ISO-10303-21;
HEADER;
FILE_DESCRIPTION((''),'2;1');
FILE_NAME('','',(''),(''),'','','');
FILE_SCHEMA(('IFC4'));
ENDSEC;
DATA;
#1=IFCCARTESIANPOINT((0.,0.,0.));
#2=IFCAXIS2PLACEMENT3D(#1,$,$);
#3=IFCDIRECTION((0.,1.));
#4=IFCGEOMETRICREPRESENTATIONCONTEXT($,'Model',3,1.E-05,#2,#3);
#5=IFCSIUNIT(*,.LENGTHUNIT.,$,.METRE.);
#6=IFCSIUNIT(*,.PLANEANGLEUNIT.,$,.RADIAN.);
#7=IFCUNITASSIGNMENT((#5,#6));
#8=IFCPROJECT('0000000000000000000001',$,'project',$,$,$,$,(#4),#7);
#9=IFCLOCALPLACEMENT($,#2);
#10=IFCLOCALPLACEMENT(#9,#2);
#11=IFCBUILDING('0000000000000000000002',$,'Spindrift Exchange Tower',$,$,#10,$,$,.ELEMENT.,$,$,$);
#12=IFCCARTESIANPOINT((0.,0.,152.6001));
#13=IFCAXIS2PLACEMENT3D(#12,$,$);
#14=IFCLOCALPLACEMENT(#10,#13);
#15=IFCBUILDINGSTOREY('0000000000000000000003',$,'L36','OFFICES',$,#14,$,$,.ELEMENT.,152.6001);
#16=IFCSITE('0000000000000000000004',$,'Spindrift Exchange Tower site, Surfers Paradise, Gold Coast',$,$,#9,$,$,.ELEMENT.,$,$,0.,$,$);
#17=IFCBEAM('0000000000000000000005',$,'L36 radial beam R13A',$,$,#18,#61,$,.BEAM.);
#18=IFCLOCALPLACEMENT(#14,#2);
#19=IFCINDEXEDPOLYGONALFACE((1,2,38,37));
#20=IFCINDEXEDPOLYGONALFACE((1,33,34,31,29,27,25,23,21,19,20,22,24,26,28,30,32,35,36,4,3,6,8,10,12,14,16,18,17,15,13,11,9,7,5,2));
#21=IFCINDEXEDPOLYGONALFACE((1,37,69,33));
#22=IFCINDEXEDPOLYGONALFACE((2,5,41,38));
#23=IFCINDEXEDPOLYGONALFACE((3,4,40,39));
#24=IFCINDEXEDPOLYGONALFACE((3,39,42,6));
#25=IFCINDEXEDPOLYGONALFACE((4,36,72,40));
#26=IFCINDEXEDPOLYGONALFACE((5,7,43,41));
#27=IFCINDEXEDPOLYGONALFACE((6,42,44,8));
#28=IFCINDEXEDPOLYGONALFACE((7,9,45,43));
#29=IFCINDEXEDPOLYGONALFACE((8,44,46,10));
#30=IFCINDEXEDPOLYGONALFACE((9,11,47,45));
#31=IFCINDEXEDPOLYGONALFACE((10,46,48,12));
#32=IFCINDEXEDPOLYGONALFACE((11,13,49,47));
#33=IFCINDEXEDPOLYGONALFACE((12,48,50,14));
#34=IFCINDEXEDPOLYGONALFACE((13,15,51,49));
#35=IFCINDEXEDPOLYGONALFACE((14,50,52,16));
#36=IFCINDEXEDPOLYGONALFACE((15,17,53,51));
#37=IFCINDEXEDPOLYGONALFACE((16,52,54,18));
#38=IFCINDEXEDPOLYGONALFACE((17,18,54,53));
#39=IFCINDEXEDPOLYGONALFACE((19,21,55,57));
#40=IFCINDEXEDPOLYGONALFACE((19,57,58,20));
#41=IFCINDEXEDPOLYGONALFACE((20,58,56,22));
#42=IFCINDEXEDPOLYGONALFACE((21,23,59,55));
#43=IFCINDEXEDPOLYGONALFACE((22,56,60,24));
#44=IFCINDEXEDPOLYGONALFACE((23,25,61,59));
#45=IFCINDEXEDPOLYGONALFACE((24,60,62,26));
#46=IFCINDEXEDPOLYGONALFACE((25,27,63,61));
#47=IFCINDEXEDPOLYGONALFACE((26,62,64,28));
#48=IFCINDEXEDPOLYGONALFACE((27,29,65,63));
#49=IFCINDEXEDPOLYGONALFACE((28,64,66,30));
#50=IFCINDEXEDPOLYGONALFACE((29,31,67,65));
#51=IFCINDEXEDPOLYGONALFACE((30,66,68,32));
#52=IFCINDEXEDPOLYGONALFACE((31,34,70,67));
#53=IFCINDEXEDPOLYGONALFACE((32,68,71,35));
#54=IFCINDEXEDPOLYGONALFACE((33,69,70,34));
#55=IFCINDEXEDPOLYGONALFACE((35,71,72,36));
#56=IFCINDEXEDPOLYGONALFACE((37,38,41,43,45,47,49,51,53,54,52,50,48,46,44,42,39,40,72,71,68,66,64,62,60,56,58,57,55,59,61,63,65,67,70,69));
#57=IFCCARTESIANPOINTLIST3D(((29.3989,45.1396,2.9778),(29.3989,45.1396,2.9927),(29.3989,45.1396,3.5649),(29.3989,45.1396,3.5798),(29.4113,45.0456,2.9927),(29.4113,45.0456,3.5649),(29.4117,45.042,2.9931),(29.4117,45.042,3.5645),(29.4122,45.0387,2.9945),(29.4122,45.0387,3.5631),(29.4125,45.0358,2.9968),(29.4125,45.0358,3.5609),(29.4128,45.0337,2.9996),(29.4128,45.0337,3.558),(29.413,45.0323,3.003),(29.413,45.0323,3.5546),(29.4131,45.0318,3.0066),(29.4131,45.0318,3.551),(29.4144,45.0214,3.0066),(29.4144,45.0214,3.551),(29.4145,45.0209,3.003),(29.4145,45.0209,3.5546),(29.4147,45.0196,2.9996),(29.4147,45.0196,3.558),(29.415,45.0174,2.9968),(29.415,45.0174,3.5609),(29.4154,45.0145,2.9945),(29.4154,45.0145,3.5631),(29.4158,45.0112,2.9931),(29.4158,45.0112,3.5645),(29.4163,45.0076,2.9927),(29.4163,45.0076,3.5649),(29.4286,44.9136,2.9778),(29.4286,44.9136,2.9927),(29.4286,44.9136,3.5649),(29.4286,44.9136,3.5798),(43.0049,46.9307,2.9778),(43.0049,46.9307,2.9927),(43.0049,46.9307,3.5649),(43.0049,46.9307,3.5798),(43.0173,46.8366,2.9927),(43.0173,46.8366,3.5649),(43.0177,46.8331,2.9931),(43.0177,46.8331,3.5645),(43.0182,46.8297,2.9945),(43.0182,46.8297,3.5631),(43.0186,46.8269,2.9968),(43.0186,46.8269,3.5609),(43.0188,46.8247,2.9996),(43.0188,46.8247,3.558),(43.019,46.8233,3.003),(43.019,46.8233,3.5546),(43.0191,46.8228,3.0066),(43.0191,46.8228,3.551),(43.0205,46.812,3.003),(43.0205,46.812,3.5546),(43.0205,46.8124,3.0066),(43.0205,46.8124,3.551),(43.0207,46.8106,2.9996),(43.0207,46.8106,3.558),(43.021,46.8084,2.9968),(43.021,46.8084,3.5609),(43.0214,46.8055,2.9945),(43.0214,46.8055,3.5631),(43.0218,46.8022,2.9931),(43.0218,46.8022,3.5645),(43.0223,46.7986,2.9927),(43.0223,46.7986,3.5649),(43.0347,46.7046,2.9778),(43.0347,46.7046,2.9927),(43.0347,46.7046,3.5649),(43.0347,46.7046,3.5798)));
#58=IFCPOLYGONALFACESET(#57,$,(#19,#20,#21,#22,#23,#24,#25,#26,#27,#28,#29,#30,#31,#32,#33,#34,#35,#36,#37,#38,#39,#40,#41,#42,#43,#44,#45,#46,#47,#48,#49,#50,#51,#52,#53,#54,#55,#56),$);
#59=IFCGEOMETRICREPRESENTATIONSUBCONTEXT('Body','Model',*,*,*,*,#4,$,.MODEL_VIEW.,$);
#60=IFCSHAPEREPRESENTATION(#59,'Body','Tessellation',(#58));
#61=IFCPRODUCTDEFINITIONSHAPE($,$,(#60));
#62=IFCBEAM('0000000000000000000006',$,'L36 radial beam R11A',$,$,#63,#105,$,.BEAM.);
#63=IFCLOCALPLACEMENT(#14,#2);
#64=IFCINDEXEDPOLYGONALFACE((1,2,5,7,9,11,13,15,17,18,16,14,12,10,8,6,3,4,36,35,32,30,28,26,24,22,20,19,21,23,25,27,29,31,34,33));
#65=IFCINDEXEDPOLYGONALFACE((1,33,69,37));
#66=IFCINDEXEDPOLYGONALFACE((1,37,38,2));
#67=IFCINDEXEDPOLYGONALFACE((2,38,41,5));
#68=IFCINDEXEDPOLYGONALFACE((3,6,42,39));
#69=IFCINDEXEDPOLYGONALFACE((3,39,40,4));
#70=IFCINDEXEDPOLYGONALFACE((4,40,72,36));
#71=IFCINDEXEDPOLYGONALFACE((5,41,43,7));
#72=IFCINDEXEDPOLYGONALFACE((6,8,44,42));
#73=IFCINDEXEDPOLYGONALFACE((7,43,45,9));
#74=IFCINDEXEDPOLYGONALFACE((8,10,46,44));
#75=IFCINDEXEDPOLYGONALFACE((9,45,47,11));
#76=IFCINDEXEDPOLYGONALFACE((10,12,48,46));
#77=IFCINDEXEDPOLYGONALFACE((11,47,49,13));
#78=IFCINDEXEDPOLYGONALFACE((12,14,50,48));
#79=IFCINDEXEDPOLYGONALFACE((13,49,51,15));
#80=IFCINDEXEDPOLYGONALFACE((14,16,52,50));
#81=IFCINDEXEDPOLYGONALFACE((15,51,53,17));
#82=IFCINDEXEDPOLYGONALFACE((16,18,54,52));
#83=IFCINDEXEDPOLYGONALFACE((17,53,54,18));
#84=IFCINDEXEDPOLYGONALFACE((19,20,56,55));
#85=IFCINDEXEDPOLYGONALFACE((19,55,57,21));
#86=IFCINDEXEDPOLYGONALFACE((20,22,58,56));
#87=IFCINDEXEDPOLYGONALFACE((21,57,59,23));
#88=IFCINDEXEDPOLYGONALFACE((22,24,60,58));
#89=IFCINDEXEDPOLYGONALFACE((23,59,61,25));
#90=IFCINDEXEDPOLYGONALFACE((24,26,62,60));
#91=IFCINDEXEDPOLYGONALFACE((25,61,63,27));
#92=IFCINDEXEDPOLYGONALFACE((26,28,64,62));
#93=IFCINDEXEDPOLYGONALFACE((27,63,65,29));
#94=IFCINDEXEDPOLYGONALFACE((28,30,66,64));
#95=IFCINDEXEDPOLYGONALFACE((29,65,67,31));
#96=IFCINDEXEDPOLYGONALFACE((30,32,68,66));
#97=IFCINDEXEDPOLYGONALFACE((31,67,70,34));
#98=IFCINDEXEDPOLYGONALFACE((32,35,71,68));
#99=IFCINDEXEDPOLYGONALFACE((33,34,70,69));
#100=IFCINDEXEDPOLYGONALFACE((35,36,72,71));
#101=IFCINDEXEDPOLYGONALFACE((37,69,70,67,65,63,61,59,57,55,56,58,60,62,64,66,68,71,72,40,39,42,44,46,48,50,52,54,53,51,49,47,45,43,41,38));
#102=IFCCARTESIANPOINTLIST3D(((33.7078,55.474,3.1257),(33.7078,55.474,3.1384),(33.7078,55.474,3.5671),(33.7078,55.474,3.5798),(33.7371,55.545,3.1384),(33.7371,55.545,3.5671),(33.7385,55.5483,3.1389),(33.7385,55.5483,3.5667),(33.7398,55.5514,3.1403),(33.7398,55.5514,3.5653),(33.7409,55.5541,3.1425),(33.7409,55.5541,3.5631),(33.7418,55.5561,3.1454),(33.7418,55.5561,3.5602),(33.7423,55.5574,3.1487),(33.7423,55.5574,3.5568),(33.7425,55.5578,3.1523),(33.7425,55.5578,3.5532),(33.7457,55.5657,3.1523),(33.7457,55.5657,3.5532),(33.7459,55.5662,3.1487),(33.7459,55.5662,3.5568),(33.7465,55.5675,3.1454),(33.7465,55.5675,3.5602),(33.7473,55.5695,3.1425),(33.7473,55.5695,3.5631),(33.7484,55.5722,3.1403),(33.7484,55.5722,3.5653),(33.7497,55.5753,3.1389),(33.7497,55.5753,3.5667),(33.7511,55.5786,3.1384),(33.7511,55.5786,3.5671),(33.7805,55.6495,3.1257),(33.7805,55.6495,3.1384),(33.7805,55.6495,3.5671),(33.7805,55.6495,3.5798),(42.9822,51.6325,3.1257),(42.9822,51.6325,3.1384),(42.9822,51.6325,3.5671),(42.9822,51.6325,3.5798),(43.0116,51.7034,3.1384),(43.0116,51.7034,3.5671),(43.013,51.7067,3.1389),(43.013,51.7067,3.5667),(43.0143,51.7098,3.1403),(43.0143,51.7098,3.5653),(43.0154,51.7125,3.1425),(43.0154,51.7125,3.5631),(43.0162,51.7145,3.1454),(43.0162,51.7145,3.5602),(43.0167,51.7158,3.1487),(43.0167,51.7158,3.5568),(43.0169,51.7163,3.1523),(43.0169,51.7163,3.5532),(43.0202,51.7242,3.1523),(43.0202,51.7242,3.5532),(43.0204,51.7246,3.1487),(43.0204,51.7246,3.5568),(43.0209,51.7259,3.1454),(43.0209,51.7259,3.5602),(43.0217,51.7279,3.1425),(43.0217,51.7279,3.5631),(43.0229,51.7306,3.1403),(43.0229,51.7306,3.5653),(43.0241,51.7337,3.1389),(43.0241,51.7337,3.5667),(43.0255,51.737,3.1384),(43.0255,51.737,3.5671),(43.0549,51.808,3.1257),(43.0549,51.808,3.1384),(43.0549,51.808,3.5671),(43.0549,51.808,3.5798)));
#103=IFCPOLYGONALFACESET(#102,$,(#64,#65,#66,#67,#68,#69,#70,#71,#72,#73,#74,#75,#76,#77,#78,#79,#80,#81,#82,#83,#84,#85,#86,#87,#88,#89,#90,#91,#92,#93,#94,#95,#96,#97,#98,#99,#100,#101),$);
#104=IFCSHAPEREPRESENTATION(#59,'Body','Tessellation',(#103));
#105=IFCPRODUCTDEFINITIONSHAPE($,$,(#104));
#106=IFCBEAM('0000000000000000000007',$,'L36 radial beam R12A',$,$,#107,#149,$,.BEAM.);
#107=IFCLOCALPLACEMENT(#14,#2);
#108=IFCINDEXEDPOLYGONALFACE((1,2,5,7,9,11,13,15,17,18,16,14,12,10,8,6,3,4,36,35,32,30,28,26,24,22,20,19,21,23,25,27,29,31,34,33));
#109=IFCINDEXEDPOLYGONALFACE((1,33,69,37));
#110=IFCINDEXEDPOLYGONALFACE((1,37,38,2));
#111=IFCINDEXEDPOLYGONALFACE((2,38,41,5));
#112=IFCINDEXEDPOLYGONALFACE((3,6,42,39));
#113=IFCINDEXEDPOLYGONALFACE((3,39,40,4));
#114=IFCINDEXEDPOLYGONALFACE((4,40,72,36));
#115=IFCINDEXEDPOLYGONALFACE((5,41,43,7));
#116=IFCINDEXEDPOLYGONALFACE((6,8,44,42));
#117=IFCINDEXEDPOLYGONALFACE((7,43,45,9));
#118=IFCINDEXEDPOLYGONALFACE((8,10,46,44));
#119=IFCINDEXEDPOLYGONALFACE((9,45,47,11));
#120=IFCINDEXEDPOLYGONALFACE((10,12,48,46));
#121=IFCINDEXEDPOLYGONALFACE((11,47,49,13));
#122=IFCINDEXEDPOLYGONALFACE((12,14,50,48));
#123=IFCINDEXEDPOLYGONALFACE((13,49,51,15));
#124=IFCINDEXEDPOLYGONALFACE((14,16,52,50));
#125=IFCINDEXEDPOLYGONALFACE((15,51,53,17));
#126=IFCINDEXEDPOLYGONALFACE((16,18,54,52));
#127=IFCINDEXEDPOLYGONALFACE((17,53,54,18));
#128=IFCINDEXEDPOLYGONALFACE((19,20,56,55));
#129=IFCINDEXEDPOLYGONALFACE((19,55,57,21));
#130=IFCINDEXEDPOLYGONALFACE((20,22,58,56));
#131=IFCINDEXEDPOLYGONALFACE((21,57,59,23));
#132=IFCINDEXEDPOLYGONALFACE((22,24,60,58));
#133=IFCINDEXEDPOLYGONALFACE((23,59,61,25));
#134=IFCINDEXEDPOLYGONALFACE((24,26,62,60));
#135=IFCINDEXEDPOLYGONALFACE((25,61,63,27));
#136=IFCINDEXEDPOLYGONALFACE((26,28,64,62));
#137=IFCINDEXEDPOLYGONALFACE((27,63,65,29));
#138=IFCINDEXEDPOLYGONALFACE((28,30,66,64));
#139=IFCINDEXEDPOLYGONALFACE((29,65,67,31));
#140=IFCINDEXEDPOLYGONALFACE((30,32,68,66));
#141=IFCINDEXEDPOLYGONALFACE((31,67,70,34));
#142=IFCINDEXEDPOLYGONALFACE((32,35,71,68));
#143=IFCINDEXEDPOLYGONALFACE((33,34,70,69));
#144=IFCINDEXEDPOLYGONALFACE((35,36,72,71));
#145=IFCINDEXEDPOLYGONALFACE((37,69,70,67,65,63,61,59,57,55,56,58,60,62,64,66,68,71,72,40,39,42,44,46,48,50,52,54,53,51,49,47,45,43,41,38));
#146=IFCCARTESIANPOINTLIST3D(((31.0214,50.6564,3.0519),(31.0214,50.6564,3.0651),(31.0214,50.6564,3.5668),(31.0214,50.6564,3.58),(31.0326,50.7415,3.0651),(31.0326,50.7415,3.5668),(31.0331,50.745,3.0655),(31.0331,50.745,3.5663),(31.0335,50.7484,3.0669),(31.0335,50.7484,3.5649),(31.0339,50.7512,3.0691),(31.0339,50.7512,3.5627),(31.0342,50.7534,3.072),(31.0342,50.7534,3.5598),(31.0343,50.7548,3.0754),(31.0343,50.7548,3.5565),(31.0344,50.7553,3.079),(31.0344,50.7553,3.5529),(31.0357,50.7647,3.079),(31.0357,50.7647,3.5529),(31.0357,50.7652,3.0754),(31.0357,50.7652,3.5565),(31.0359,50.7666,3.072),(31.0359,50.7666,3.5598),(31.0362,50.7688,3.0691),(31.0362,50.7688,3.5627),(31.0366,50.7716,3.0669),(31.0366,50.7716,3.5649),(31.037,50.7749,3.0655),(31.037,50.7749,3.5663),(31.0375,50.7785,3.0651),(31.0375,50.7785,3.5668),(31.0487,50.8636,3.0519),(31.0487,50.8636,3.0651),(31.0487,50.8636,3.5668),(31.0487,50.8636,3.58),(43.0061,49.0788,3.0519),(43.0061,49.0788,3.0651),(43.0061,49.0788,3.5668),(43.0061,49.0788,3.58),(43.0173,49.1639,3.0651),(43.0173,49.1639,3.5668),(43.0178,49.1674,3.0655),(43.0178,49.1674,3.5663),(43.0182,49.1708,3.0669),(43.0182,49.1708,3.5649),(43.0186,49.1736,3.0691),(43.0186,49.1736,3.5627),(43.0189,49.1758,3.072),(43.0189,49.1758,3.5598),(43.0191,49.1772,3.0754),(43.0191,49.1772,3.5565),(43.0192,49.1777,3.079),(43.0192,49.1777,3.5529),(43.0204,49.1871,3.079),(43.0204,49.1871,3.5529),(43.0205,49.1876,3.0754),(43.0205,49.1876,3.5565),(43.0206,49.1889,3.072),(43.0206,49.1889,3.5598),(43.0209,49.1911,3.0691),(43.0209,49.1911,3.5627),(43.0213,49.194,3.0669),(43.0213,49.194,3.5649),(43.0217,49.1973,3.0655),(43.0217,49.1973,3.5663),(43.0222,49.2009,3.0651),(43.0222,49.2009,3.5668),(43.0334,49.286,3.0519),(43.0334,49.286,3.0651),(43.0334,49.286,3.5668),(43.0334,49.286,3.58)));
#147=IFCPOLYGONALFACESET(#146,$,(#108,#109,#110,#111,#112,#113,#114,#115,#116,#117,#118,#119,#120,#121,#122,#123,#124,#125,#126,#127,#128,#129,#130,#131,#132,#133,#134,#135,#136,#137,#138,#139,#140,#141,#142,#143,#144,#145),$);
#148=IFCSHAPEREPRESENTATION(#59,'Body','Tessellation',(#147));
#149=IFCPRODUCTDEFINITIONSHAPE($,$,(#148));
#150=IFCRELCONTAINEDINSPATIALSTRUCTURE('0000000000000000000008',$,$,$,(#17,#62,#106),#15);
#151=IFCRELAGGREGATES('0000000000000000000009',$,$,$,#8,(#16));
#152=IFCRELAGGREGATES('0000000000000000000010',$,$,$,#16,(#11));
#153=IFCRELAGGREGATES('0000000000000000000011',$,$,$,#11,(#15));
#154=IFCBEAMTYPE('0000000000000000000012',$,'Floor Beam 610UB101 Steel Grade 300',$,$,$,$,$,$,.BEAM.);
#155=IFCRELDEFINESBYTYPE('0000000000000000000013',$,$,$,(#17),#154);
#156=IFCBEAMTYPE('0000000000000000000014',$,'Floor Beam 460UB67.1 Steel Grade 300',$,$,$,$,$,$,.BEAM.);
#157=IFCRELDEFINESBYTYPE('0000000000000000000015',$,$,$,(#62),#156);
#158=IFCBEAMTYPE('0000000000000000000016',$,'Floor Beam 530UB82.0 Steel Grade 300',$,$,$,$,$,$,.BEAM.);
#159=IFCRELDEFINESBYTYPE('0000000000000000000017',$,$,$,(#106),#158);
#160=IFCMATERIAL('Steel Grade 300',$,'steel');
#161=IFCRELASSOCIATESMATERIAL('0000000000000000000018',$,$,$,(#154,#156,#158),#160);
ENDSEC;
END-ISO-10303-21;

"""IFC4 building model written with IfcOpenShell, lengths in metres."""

from ifc_helpers import new_model, si_unit, direction, frame, origin, origin_2d, place, context, subcontext, project, spatial, i_section, extrude, source, transform, mapped, material, material_profile, profile_set, type_object, element, save


model = new_model("IFC4")

# Units and contexts
model_context = context("Model", 3, precision=1e-05, world=origin(), true_north=direction((0.0, 1.0)))
body_context = subcontext(model_context, "Body", "Model", "MODEL_VIEW")
ifc_project = project(units=[si_unit("LENGTHUNIT", "METRE"), si_unit("PLANEANGLEUNIT", "RADIAN")], contexts=[model_context])

# Site, building, storey
site_placement = place(None, origin())
site = spatial("IfcSite", under=ifc_project, at=site_placement, Name="Spindrift Exchange Tower site, Surfers Paradise, Gold Coast", CompositionType="ELEMENT", RefElevation=0.0)
building_placement = place(site_placement, origin())
building = spatial("IfcBuilding", under=site, at=building_placement, Name="Spindrift Exchange Tower", CompositionType="ELEMENT")
storey_placement = place(building_placement, frame((0.0, 0.0, 152.6001)))
storey = spatial("IfcBuildingStorey", under=building, at=storey_placement, Name="L36", Description="OFFICES", CompositionType="ELEMENT", Elevation=152.6001)

# Beams
ifc_material_1 = material(Name="Steel Grade 300", Category="steel")
ifc_material_profile_1 = material_profile(ifc_material_1, i_section(OverallWidth=0.228, OverallDepth=0.6021, WebThickness=0.0105, FlangeThickness=0.0149, FilletRadius=0.0139, at=origin_2d()), Name="610UB101")
ifc_profile_set_1 = profile_set([ifc_material_profile_1], Name="Steel Grade 300")
beam_type_1 = type_object("IfcBeamType", Name="Floor Beam 610UB101 Steel Grade 300", PredefinedType="BEAM", material=ifc_profile_set_1)
shared_shape_1 = source(origin(), body_context, "Body", "SweptSolid", [
    extrude(i_section(OverallWidth=0.228, OverallDepth=0.6021, WebThickness=0.0105, FlangeThickness=0.0149, FilletRadius=0.0139, at=origin_2d()), origin(), (0.0, 0.0, 1.0), 13.7234),
])
beam_1_placement = place(storey_placement, frame((43.0198, 46.8176, 3.2788), z_axis=(-0.991447, -0.130509, 0.0), x_axis=(0.130509, -0.991447, 0.0)))
element("IfcBeam", 1, at=beam_1_placement, inside=storey, type_object=beam_type_1, Name="L36 radial beam R13A", PredefinedType="BEAM", context=body_context, shape_type="MappedRepresentation", body=[
    mapped(shared_shape_1, transform((0.0, 0.0, 0.0), scale=1.0)),
])
ifc_material_profile_2 = material_profile(ifc_material_1, i_section(OverallWidth=0.1899, OverallDepth=0.4541, WebThickness=0.0085, FlangeThickness=0.0127, FilletRadius=0.0139, at=origin_2d()), Name="460UB67.1")
ifc_profile_set_2 = profile_set([ifc_material_profile_2], Name="Steel Grade 300")
beam_type_2 = type_object("IfcBeamType", Name="Floor Beam 460UB67.1 Steel Grade 300", PredefinedType="BEAM", material=ifc_profile_set_2)
shared_shape_2 = source(origin(), body_context, "Body", "SweptSolid", [
    extrude(i_section(OverallWidth=0.1899, OverallDepth=0.4541, WebThickness=0.0085, FlangeThickness=0.0127, FilletRadius=0.0139, at=origin_2d()), origin(), (0.0, 0.0, 1.0), 10.0386),
])
beam_2_placement = place(storey_placement, frame((43.0186, 51.7202, 3.3528), z_axis=(-0.923881, 0.38268, 0.0), x_axis=(-0.38268, -0.923881, 0.0)))
element("IfcBeam", 2, at=beam_2_placement, inside=storey, type_object=beam_type_2, Name="L36 radial beam R11A", PredefinedType="BEAM", context=body_context, shape_type="MappedRepresentation", body=[
    mapped(shared_shape_2, transform((0.0, 0.0, 0.0), scale=1.0)),
])
ifc_material_profile_3 = material_profile(ifc_material_1, i_section(OverallWidth=0.209, OverallDepth=0.5281, WebThickness=0.0095, FlangeThickness=0.0132, FilletRadius=0.0139, at=origin_2d()), Name="530UB82.0")
ifc_profile_set_3 = profile_set([ifc_material_profile_3], Name="Steel Grade 300")
beam_type_3 = type_object("IfcBeamType", Name="Floor Beam 530UB82.0 Steel Grade 300", PredefinedType="BEAM", material=ifc_profile_set_3)
shared_shape_3 = source(origin(), body_context, "Body", "SweptSolid", [
    extrude(i_section(OverallWidth=0.209, OverallDepth=0.5281, WebThickness=0.0095, FlangeThickness=0.0132, FilletRadius=0.0139, at=origin_2d()), origin(), (0.0, 0.0, 1.0), 12.0881),
])
beam_3_placement = place(storey_placement, frame((43.0198, 49.1824, 3.3159), z_axis=(-0.991447, 0.13051, 0.0), x_axis=(-0.13051, -0.991447, 0.0)))
element("IfcBeam", 3, at=beam_3_placement, inside=storey, type_object=beam_type_3, Name="L36 radial beam R12A", PredefinedType="BEAM", context=body_context, shape_type="MappedRepresentation", body=[
    mapped(shared_shape_3, transform((0.0, 0.0, 0.0), scale=1.0)),
])

save(model, "model.ifc")
